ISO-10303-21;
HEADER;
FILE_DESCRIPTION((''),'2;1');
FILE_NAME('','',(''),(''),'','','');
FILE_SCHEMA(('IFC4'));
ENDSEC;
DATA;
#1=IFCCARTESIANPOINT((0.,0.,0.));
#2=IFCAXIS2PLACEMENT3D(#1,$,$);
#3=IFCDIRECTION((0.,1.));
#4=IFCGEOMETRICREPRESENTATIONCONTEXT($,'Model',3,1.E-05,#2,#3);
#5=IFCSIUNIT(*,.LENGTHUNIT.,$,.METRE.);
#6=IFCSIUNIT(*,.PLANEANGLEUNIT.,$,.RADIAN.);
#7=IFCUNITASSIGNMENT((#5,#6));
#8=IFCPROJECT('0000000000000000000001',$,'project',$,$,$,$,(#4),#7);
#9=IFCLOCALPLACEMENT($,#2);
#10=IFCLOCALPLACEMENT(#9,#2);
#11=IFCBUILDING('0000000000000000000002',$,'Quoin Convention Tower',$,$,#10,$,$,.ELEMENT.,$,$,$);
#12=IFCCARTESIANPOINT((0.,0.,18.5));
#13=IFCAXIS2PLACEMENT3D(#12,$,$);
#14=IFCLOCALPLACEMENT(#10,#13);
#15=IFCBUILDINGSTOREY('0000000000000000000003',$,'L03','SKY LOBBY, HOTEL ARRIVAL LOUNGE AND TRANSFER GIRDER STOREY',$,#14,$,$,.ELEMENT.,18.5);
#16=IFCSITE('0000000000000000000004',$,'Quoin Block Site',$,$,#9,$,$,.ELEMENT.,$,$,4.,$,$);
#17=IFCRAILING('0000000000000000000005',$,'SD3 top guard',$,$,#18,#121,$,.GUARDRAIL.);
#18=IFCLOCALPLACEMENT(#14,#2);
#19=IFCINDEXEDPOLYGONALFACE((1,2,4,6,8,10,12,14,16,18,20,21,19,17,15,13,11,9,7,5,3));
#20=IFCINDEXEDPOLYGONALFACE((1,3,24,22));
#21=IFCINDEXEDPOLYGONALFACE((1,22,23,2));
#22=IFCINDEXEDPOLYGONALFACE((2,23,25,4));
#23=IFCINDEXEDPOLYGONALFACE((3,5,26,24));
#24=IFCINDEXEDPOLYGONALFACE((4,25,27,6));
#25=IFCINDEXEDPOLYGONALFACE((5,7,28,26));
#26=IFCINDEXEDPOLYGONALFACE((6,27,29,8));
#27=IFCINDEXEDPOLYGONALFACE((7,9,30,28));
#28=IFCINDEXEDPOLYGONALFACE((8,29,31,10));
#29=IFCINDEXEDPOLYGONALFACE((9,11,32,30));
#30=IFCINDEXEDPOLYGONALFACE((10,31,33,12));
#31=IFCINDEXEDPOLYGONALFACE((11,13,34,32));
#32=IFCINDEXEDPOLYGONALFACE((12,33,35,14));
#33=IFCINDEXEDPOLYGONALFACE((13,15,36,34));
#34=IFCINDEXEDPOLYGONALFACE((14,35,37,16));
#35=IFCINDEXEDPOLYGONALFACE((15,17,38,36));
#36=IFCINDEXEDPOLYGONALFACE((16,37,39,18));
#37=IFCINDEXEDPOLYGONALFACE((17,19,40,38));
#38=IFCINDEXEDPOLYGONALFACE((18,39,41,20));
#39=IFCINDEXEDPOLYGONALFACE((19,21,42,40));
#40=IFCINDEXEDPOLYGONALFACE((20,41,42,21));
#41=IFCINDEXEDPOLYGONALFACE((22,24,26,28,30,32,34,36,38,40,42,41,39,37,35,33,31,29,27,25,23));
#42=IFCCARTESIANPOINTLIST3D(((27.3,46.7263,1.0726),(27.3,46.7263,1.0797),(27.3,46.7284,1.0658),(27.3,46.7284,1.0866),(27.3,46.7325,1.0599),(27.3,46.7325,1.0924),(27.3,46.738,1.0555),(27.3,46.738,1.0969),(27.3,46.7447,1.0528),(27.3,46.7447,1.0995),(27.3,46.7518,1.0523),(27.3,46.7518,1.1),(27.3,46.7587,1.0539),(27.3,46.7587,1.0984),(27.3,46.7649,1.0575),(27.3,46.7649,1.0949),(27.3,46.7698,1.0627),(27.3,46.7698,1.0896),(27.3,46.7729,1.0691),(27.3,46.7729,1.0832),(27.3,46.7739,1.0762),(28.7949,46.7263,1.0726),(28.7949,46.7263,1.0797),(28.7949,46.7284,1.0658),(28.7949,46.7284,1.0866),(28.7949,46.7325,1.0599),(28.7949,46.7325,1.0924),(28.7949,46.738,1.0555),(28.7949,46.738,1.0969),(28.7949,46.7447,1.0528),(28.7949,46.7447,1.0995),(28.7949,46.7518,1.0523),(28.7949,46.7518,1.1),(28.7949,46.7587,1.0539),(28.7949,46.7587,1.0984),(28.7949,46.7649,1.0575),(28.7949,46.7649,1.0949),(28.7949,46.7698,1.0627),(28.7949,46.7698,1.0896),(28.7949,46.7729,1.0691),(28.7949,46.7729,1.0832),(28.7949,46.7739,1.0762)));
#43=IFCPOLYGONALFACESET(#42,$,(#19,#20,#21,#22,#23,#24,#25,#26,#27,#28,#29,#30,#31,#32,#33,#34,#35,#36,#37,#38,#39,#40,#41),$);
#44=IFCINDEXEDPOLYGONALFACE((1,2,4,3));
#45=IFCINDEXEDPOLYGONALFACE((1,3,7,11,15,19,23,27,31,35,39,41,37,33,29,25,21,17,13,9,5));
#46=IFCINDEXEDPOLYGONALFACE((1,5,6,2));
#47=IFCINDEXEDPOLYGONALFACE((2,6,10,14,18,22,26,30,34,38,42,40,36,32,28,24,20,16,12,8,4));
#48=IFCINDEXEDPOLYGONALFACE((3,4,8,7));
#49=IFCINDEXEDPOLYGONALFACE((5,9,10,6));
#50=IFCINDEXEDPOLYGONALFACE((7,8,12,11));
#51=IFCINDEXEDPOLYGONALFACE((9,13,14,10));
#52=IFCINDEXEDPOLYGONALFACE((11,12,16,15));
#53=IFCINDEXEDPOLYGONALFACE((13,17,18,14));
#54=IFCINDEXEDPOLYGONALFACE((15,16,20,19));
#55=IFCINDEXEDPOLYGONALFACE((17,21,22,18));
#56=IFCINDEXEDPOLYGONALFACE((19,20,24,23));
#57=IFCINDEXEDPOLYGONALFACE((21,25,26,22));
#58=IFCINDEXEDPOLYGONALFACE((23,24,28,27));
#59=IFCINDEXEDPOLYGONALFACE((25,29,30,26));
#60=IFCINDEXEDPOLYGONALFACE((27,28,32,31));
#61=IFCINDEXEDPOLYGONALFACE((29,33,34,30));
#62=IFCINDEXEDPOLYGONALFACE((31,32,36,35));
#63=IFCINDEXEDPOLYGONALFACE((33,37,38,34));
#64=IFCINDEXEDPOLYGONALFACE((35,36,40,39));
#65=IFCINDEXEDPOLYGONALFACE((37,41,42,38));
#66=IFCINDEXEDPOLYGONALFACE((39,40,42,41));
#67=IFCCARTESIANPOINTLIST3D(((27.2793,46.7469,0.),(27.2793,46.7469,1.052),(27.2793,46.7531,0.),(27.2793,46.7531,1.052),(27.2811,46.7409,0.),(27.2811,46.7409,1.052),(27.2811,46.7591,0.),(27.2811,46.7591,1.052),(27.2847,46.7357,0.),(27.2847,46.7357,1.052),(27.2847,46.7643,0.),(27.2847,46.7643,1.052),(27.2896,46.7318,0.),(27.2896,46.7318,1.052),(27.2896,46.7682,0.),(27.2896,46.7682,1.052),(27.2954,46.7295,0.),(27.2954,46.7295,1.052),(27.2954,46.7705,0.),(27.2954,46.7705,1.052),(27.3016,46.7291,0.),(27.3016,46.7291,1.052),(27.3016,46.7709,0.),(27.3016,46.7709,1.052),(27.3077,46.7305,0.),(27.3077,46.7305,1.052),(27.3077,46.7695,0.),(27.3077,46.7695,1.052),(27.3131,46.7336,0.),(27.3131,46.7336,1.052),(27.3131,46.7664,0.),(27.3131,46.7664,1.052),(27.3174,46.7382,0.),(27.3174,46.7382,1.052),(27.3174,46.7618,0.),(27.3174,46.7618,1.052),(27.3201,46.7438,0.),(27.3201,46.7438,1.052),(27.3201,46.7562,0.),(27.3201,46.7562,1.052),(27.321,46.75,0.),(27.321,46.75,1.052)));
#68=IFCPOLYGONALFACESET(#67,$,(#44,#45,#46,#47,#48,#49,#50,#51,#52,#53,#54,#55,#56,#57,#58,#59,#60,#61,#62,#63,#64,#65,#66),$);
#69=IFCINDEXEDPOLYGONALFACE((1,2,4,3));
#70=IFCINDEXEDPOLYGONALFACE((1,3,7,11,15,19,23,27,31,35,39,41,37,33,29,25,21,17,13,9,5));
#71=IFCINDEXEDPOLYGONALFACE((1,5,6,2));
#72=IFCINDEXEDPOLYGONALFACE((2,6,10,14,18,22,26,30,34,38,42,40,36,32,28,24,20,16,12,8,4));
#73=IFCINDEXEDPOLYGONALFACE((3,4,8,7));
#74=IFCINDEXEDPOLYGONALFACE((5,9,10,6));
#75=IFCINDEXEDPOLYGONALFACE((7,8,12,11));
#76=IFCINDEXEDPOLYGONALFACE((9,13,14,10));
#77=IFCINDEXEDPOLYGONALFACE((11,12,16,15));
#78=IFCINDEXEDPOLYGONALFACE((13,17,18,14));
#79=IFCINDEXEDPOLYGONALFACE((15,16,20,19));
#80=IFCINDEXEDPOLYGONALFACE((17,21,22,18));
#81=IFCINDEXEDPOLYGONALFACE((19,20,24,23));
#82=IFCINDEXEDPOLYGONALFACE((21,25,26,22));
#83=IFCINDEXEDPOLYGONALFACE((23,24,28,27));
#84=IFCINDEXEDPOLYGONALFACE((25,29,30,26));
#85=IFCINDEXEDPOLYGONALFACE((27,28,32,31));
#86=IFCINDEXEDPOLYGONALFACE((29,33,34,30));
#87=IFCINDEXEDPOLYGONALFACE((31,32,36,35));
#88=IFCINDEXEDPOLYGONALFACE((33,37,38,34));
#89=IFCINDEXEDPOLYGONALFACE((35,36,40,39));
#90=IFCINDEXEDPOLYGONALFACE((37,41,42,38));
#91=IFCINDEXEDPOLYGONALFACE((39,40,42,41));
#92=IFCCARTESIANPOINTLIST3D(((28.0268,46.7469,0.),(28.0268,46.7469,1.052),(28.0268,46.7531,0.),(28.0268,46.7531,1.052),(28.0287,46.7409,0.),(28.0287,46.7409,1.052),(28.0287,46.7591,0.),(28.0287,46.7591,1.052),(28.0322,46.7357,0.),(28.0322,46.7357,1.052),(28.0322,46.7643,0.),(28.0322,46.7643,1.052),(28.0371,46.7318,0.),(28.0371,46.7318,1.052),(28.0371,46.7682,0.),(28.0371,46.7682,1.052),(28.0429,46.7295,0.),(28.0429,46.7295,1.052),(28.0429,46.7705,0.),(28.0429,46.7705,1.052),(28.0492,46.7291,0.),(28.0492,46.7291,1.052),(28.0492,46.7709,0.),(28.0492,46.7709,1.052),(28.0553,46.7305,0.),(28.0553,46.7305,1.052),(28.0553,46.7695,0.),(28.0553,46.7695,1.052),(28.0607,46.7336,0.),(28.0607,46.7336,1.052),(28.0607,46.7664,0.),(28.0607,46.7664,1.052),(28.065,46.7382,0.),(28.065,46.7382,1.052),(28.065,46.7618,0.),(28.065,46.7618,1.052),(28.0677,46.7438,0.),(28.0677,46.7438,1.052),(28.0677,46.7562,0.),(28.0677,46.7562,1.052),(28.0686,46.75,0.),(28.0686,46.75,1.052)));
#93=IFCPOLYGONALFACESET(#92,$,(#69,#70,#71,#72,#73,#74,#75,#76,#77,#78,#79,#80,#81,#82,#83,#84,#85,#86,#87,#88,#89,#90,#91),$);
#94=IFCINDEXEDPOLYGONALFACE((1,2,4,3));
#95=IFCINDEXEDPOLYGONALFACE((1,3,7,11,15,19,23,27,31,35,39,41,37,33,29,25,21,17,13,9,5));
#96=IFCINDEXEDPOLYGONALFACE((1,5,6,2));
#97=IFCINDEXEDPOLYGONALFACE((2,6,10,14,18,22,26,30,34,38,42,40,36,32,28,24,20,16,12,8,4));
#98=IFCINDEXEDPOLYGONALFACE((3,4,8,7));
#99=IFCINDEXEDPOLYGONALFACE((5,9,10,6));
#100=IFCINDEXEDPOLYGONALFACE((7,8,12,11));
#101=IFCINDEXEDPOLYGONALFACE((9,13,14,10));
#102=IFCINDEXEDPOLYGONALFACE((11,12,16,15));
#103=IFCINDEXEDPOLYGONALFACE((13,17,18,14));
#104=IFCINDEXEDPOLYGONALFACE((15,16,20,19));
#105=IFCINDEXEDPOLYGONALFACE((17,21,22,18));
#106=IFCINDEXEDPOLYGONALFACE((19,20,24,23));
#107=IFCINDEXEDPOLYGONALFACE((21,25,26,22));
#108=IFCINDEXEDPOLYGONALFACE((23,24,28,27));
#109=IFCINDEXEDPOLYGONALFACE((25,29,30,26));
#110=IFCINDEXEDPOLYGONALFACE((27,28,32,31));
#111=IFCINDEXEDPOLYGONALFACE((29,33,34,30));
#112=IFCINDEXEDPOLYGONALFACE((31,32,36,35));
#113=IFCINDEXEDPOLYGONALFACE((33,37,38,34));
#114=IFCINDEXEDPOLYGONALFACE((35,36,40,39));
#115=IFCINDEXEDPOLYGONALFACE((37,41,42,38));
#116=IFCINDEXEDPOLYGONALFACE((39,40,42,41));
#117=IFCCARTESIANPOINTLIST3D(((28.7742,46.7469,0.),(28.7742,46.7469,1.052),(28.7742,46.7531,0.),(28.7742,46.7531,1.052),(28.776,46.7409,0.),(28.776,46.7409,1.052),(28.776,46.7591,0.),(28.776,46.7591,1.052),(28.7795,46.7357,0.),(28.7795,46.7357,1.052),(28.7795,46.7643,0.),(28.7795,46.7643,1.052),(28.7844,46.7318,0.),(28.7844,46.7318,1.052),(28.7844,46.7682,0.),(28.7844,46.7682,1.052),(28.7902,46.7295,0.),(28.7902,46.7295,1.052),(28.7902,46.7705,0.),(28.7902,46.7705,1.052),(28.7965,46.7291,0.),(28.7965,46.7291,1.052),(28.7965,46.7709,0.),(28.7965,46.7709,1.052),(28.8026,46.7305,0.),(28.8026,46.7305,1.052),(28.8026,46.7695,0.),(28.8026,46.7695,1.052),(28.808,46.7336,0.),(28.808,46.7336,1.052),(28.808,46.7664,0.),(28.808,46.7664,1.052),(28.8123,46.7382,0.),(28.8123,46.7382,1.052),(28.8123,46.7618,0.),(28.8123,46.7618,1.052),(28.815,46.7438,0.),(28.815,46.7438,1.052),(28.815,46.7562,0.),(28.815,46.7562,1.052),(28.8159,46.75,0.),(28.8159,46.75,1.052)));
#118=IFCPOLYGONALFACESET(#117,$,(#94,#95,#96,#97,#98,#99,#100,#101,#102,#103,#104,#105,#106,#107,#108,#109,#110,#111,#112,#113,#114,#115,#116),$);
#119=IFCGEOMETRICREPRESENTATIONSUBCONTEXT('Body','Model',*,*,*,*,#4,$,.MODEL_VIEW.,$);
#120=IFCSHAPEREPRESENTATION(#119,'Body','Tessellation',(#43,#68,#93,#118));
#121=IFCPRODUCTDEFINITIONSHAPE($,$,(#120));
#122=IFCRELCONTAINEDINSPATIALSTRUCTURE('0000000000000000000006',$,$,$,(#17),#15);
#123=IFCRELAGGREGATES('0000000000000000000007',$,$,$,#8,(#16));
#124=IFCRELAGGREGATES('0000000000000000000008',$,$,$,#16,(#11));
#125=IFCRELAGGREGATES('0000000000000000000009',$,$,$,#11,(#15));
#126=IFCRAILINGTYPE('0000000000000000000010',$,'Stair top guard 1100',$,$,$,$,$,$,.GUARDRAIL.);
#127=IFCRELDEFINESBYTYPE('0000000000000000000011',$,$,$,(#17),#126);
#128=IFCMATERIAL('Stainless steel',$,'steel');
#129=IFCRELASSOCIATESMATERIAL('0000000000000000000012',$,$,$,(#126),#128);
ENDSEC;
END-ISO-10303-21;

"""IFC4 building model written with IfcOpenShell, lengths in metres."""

from ifc_helpers import new_model, si_unit, direction, frame, origin, origin_2d, place, context, subcontext, project, spatial, circle, extrude, material, type_object, element, save


model = new_model("IFC4")

# Units and contexts
model_context = context("Model", 3, precision=1e-05, world=origin(), true_north=direction((0.0, 1.0)))
body_context = subcontext(model_context, "Body", "Model", "MODEL_VIEW")
ifc_project = project(units=[si_unit("LENGTHUNIT", "METRE"), si_unit("PLANEANGLEUNIT", "RADIAN")], contexts=[model_context])

# Site, building, storey
site_placement = place(None, origin())
site = spatial("IfcSite", under=ifc_project, at=site_placement, Name="Quoin Block Site", CompositionType="ELEMENT", RefElevation=4.0)
building_placement = place(site_placement, origin())
building = spatial("IfcBuilding", under=site, at=building_placement, Name="Quoin Convention Tower", CompositionType="ELEMENT")
storey_placement = place(building_placement, frame((0.0, 0.0, 18.5)))
storey = spatial("IfcBuildingStorey", under=building, at=storey_placement, Name="L03", Description="SKY LOBBY, HOTEL ARRIVAL LOUNGE AND TRANSFER GIRDER STOREY", CompositionType="ELEMENT", Elevation=18.5)

# Railing
ifc_material_1 = material(Name="Stainless steel", Category="steel")
railing_type_1 = type_object("IfcRailingType", Name="Stair top guard 1100", PredefinedType="GUARDRAIL", material=ifc_material_1)
railing_1_placement = place(storey_placement, frame((27.3, 46.75, 0.0)))
element("IfcRailing", 1, at=railing_1_placement, inside=storey, type_object=railing_type_1, Name="SD3 top guard", PredefinedType="GUARDRAIL", context=body_context, shape_type="SweptSolid", body=[
    extrude(circle(Radius=0.0239, at=origin_2d()), frame((0.0, 0.0, 1.0762), z_axis=(1.0, 0.0, 0.0), x_axis=(0.0, 1.0, 0.0)), (0.0, 0.0, 1.0), 1.4949),
    extrude(circle(Radius=0.021, at=origin_2d()), origin(), (0.0, 0.0, 1.0), 1.052),
    extrude(circle(Radius=0.021, at=origin_2d()), frame((0.7476, 0.0, 0.0)), (0.0, 0.0, 1.0), 1.052),
    extrude(circle(Radius=0.021, at=origin_2d()), frame((1.4949, 0.0, 0.0)), (0.0, 0.0, 1.0), 1.052),
])

save(model, "model.ifc")
